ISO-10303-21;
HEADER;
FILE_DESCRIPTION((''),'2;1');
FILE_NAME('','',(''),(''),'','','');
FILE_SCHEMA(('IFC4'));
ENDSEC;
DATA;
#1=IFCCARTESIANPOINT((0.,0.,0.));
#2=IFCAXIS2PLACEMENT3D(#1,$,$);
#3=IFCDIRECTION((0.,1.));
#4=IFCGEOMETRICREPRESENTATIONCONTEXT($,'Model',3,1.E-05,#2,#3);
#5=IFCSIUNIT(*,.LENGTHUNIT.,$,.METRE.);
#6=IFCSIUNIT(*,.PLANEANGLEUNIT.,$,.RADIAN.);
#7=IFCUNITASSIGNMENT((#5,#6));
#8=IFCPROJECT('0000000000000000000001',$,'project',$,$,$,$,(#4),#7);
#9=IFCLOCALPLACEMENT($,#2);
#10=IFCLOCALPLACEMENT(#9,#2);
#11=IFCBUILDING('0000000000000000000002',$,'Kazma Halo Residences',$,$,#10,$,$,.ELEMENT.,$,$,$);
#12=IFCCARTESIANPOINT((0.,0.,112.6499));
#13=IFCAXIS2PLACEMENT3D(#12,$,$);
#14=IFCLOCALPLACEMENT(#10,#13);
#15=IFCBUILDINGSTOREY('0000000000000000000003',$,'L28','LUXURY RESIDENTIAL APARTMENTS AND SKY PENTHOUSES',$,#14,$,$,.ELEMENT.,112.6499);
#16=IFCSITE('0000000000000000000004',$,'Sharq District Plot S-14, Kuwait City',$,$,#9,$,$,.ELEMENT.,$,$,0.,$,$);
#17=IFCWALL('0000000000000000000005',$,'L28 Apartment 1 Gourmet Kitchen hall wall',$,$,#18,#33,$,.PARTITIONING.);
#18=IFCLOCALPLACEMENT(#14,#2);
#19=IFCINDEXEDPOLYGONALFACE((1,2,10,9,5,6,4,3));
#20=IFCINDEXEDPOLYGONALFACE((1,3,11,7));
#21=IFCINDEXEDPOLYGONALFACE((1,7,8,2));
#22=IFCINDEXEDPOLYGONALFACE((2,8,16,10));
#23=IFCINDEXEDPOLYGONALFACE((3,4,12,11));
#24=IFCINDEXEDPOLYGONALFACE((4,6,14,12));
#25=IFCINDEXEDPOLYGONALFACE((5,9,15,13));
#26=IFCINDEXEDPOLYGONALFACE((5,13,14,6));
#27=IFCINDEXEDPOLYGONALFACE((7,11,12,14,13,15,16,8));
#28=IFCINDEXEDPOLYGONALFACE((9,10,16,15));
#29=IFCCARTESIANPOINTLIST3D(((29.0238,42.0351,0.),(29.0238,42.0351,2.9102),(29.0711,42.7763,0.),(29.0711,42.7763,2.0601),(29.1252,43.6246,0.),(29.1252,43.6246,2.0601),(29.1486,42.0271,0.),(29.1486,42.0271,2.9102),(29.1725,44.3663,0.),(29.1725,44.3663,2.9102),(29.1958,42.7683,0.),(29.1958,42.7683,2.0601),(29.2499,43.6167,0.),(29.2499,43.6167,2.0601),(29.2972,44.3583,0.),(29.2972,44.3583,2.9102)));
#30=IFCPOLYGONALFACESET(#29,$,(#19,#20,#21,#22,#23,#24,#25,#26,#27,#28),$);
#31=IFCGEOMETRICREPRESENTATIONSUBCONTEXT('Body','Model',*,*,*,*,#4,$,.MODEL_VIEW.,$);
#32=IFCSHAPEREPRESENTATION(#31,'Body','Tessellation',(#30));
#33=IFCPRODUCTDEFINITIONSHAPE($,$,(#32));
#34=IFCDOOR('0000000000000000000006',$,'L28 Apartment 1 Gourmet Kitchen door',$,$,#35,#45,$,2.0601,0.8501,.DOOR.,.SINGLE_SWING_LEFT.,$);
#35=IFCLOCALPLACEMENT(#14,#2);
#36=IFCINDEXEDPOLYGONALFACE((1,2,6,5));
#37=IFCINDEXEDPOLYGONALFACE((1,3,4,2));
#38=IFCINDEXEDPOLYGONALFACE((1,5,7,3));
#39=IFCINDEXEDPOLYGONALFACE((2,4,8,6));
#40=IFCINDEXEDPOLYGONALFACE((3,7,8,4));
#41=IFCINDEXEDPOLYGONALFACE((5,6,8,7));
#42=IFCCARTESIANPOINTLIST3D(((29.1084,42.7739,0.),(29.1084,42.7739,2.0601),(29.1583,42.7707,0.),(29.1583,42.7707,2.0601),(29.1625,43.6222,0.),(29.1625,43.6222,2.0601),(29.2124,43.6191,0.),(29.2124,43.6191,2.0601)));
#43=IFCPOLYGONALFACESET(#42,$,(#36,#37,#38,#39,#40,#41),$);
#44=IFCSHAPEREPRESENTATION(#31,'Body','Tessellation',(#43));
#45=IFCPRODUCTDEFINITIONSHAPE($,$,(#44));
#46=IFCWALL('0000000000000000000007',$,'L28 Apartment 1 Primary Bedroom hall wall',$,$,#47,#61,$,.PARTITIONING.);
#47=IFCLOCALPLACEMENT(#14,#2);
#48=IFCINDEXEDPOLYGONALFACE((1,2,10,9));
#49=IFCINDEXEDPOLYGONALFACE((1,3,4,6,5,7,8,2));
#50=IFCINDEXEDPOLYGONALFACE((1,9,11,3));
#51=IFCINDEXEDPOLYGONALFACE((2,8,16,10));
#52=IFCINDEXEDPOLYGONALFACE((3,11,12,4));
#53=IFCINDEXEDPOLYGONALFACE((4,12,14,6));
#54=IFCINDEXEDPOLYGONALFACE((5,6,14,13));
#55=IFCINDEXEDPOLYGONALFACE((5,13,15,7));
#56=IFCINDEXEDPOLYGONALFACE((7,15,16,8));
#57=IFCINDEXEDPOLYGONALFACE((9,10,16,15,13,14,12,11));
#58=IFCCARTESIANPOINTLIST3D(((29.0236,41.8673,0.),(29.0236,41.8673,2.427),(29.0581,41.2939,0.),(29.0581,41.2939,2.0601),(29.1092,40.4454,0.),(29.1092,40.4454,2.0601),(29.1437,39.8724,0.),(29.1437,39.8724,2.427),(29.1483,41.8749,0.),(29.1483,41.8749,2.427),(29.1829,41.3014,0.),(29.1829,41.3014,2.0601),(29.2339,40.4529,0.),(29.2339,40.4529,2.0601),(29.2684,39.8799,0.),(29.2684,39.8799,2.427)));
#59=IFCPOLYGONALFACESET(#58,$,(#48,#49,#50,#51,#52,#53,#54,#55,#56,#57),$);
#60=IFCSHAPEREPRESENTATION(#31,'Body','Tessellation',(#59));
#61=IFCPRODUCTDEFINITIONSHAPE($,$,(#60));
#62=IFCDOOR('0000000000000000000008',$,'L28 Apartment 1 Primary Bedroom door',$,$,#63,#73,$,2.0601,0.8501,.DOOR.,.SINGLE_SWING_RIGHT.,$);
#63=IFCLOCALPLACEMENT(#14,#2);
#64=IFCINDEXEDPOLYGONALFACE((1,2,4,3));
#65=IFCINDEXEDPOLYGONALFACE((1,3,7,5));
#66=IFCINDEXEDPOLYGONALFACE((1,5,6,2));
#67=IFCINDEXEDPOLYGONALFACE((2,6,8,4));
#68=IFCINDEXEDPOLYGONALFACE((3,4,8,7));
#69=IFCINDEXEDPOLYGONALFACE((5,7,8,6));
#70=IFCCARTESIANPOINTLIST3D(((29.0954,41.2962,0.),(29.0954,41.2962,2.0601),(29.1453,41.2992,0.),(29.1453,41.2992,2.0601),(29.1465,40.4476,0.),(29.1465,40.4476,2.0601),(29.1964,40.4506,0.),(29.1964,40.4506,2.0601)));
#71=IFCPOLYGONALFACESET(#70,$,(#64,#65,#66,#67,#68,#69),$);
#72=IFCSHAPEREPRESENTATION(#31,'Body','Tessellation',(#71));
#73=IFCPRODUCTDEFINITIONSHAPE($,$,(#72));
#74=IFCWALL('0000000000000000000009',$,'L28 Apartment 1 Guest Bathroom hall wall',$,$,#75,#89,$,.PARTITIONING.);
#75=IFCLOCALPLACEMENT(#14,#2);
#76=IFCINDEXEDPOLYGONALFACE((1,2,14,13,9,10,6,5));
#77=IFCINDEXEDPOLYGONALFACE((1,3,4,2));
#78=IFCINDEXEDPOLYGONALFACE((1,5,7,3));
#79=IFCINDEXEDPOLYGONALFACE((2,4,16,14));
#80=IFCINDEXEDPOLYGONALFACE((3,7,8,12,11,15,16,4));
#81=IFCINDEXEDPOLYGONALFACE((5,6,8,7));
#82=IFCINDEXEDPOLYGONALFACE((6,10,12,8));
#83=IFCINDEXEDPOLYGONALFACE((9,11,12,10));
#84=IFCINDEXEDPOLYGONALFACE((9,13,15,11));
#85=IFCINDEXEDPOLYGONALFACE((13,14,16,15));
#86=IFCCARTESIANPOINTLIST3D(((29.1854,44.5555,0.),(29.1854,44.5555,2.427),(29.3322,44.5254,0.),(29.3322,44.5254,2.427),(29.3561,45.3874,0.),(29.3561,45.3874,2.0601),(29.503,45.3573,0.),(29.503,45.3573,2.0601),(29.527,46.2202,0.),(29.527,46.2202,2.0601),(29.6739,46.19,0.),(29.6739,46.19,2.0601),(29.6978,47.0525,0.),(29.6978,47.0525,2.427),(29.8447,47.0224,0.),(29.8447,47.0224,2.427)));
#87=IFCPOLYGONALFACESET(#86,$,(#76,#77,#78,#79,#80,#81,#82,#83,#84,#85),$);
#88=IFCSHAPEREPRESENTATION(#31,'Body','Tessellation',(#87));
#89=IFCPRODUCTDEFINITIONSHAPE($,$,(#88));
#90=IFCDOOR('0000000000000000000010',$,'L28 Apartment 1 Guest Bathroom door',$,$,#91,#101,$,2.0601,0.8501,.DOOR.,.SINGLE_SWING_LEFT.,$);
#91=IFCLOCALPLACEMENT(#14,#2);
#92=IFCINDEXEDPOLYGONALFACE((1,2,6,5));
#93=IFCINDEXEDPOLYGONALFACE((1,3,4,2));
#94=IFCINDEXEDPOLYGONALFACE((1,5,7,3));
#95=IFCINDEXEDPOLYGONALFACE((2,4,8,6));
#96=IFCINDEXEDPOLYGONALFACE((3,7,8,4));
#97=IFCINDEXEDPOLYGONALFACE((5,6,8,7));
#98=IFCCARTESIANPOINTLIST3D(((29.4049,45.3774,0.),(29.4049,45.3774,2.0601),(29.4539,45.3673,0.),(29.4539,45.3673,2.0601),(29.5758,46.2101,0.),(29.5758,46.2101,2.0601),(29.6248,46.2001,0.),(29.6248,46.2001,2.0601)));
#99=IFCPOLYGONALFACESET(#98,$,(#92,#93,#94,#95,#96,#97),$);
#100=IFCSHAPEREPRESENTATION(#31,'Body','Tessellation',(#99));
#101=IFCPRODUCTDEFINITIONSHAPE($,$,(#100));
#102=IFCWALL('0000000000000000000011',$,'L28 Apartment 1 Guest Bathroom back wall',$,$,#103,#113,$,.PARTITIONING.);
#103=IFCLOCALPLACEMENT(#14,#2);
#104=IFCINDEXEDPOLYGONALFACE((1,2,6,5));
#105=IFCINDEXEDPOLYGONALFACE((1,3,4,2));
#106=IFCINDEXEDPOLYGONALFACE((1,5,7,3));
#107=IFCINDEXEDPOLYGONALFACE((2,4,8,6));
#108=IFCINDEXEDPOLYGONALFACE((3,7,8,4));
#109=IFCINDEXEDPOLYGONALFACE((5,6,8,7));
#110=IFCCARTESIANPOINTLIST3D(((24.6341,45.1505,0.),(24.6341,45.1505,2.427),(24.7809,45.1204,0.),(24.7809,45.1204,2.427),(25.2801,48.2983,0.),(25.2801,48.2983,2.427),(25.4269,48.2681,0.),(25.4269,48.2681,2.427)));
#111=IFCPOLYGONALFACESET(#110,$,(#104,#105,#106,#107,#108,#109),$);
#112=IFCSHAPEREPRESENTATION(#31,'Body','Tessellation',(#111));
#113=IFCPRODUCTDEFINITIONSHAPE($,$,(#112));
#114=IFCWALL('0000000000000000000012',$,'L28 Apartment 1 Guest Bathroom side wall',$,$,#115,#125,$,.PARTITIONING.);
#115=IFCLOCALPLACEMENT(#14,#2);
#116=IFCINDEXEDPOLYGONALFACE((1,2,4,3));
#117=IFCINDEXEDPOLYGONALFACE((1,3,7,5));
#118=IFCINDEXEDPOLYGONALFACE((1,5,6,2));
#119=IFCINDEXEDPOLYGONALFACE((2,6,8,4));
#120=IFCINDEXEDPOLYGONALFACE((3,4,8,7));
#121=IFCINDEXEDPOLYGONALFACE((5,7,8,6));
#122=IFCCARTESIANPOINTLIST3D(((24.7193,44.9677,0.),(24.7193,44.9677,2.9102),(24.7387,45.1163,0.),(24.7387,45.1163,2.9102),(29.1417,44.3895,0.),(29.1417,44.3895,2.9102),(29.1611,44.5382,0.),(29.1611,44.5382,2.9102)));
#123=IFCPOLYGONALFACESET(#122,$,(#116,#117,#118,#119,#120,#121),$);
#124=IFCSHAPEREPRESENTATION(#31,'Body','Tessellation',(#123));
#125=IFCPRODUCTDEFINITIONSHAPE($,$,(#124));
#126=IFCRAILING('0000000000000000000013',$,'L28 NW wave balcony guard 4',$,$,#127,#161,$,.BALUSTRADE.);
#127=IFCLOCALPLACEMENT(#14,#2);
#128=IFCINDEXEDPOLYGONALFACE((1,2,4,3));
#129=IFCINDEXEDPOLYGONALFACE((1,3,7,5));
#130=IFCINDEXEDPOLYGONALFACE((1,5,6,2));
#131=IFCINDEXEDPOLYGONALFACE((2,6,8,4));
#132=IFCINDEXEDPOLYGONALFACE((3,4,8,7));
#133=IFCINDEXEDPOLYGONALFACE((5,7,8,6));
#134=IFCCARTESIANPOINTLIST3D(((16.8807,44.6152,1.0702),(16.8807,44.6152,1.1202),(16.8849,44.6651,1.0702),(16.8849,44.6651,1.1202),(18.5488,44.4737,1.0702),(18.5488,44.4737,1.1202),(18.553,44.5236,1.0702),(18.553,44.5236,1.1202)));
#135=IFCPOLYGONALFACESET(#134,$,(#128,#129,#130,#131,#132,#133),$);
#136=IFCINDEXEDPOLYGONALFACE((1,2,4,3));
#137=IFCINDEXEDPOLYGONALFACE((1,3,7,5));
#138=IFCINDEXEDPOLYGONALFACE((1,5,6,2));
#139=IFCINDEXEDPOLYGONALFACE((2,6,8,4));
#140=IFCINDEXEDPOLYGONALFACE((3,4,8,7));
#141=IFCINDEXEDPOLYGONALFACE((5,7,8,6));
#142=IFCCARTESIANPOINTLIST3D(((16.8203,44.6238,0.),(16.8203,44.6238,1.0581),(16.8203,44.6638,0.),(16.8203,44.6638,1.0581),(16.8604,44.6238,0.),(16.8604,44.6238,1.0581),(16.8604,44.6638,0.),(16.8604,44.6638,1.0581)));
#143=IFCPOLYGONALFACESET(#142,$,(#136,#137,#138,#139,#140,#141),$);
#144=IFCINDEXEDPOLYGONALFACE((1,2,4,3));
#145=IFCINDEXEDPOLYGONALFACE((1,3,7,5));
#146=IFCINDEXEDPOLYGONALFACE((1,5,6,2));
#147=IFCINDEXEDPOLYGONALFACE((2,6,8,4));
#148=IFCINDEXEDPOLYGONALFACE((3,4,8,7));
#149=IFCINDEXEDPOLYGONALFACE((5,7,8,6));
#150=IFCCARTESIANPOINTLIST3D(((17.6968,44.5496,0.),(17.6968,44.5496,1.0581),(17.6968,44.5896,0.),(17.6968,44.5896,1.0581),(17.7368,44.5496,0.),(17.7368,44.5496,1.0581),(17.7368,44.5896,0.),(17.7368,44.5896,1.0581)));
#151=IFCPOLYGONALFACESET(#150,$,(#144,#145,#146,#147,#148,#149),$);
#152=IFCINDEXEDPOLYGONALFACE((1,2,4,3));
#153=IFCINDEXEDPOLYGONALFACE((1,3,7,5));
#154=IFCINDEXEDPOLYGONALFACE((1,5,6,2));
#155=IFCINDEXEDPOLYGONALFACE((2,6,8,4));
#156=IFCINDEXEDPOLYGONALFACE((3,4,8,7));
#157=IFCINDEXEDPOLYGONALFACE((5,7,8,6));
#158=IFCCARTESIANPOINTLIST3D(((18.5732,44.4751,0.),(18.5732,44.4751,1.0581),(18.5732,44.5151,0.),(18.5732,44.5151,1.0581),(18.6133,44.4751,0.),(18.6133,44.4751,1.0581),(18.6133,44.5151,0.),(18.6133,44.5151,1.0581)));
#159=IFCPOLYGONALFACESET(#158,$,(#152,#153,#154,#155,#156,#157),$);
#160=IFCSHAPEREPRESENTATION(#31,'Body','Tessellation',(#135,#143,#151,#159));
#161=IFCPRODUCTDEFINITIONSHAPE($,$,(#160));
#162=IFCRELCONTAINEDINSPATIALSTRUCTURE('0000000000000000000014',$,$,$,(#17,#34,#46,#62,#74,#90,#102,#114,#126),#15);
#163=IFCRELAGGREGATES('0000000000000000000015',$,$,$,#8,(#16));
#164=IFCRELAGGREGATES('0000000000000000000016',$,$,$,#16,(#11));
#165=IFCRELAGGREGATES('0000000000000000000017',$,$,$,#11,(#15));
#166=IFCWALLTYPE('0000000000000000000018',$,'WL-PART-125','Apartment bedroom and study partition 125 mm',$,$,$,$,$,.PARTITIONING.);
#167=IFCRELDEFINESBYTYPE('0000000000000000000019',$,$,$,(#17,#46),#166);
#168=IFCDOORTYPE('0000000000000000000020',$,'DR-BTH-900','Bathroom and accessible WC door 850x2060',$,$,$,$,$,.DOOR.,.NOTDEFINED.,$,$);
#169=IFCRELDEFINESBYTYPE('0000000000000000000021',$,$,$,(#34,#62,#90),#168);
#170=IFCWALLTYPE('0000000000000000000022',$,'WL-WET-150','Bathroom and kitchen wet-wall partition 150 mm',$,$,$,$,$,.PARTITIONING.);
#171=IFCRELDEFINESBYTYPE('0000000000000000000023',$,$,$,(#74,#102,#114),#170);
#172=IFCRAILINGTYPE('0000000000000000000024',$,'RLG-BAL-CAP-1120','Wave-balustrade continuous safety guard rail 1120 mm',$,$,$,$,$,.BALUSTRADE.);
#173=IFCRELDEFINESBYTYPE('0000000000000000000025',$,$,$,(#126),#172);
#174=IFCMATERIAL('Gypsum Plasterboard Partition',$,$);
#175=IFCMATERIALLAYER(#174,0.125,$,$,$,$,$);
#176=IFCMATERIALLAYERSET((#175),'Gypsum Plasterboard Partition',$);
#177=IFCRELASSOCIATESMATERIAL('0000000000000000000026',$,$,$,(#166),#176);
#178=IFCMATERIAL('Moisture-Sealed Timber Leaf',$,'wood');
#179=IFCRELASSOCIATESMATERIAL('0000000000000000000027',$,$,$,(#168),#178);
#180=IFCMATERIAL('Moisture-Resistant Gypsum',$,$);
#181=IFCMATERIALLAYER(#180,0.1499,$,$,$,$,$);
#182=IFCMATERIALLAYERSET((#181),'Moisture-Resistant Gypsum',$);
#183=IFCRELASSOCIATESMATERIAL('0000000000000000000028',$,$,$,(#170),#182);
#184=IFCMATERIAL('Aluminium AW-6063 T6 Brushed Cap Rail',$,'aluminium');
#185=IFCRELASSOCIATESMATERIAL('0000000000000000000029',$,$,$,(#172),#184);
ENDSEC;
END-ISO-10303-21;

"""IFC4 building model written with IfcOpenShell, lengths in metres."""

from ifc_helpers import new_model, si_unit, direction, frame, frame_2d, origin, origin_2d, place, context, subcontext, project, spatial, rectangle, extrude, material, layer, layer_set, type_object, element, fill, save


model = new_model("IFC4")

# Units and contexts
model_context = context("Model", 3, precision=1e-05, world=origin(), true_north=direction((0.0, 1.0)))
body_context = subcontext(model_context, "Body", "Model", "MODEL_VIEW")
ifc_project = project(units=[si_unit("LENGTHUNIT", "METRE"), si_unit("PLANEANGLEUNIT", "RADIAN")], contexts=[model_context])

# Site, building, storey
site_placement = place(None, origin())
site = spatial("IfcSite", under=ifc_project, at=site_placement, Name="Sharq District Plot S-14, Kuwait City", CompositionType="ELEMENT", RefElevation=0.0)
building_placement = place(site_placement, origin())
building = spatial("IfcBuilding", under=site, at=building_placement, Name="Kazma Halo Residences", CompositionType="ELEMENT")
storey_placement = place(building_placement, frame((0.0, 0.0, 112.6499)))
storey = spatial("IfcBuildingStorey", under=building, at=storey_placement, Name="L28", Description="LUXURY RESIDENTIAL APARTMENTS AND SKY PENTHOUSES", CompositionType="ELEMENT", Elevation=112.6499)

# Shared definitions
ifc_material_1 = material(Name="Gypsum Plasterboard Partition")
ifc_layer_1 = layer(ifc_material_1, 0.125)
ifc_layer_set_1 = layer_set([ifc_layer_1], Name="Gypsum Plasterboard Partition")
wall_type_1 = type_object("IfcWallType", Name="WL-PART-125", Description="Apartment bedroom and study partition 125 mm", PredefinedType="PARTITIONING", material=ifc_layer_set_1)
ifc_material_2 = material(Name="Moisture-Sealed Timber Leaf", Category="wood")
door_type_1 = type_object("IfcDoorType", Name="DR-BTH-900", Description="Bathroom and accessible WC door 850x2060", OperationType="NOTDEFINED", PredefinedType="DOOR", material=ifc_material_2)

# Walls, openings, doors
wall_1_placement = place(storey_placement, frame((29.2349, 44.3623, 0.0), z_axis=(0.0, 0.0, 1.0), x_axis=(-0.063647, -0.997972, 0.0)))
wall_1 = element("IfcWall", 1, at=wall_1_placement, inside=storey, type_object=wall_type_1, Name="L28 Apartment 1 Gourmet Kitchen hall wall", PredefinedType="PARTITIONING", context=body_context, shape_type="SweptSolid", body=[
    extrude(rectangle(XDim=2.3359, YDim=0.125, at=frame_2d((1.168, 0.0))), origin(), (0.0, 0.0, 1.0), 2.9102),
])
opening_1_placement = place(wall_1_placement, frame((0.7432, 0.0, 0.0)))
opening_1 = element("IfcOpeningElement", 2, at=opening_1_placement, cuts=wall_1, PredefinedType="OPENING", context=body_context, shape_type="SweptSolid", body=[
    extrude(rectangle(XDim=0.8501, YDim=2.0601, at=frame_2d((0.425, 1.03))), frame((0.0, 0.0725, 0.0), z_axis=(0.0, -1.0, 0.0), x_axis=(1.0, 0.0, 0.0)), (0.0, 0.0, 1.0), 0.145),
])
door_1_placement = place(opening_1_placement, origin())
door_1 = element("IfcDoor", 3, at=door_1_placement, inside=storey, type_object=door_type_1, Name="L28 Apartment 1 Gourmet Kitchen door", OperationType="SINGLE_SWING_LEFT", OverallHeight=2.0601, OverallWidth=0.8501, PredefinedType="DOOR", context=body_context, shape_type="SweptSolid", body=[
    extrude(rectangle(XDim=0.8501, YDim=2.0601, at=frame_2d((0.425, 1.03))), frame((0.0, 0.0249, 0.0), z_axis=(0.0, -1.0, 0.0), x_axis=(1.0, 0.0, 0.0)), (0.0, 0.0, 1.0), 0.05),
])
fill(opening_1, door_1)
wall_2_placement = place(storey_placement, frame((29.0859, 41.8711, 0.0), z_axis=(0.0, 0.0, 1.0), x_axis=(0.060104, -0.998192, 0.0)))
wall_2 = element("IfcWall", 4, at=wall_2_placement, inside=storey, type_object=wall_type_1, Name="L28 Apartment 1 Primary Bedroom hall wall", PredefinedType="PARTITIONING", context=body_context, shape_type="SweptSolid", body=[
    extrude(rectangle(XDim=1.9985, YDim=0.125, at=frame_2d((0.9993, 0.0))), origin(), (0.0, 0.0, 1.0), 2.427),
])
opening_2_placement = place(wall_2_placement, frame((0.5745, 0.0, 0.0)))
opening_2 = element("IfcOpeningElement", 5, at=opening_2_placement, cuts=wall_2, PredefinedType="OPENING", context=body_context, shape_type="SweptSolid", body=[
    extrude(rectangle(XDim=0.8501, YDim=2.0601, at=frame_2d((0.425, 1.03))), frame((0.0, 0.0725, 0.0), z_axis=(0.0, -1.0, 0.0), x_axis=(1.0, 0.0, 0.0)), (0.0, 0.0, 1.0), 0.145),
])
door_2_placement = place(opening_2_placement, origin())
door_2 = element("IfcDoor", 6, at=door_2_placement, inside=storey, type_object=door_type_1, Name="L28 Apartment 1 Primary Bedroom door", OperationType="SINGLE_SWING_RIGHT", OverallHeight=2.0601, OverallWidth=0.8501, PredefinedType="DOOR", context=body_context, shape_type="SweptSolid", body=[
    extrude(rectangle(XDim=0.8501, YDim=2.0601, at=frame_2d((0.425, 1.03))), frame((0.0, 0.0249, 0.0), z_axis=(0.0, -1.0, 0.0), x_axis=(1.0, 0.0, 0.0)), (0.0, 0.0, 1.0), 0.05),
])
fill(opening_2, door_2)
ifc_material_3 = material(Name="Moisture-Resistant Gypsum")
ifc_layer_2 = layer(ifc_material_3, 0.1499)
ifc_layer_set_2 = layer_set([ifc_layer_2], Name="Moisture-Resistant Gypsum")
wall_type_2 = type_object("IfcWallType", Name="WL-WET-150", Description="Bathroom and kitchen wet-wall partition 150 mm", PredefinedType="PARTITIONING", material=ifc_layer_set_2)
wall_3_placement = place(storey_placement, frame((29.7712, 47.0374, 0.0), z_axis=(0.0, 0.0, 1.0), x_axis=(-0.201031, -0.979585, 0.0)))
wall_3 = element("IfcWall", 7, at=wall_3_placement, inside=storey, type_object=wall_type_2, Name="L28 Apartment 1 Guest Bathroom hall wall", PredefinedType="PARTITIONING", context=body_context, shape_type="SweptSolid", body=[
    extrude(rectangle(XDim=2.5491, YDim=0.1499, at=frame_2d((1.2744, 0.0))), origin(), (0.0, 0.0, 1.0), 2.427),
])
opening_3_placement = place(wall_3_placement, frame((0.8496, 0.0, 0.0)))
opening_3 = element("IfcOpeningElement", 8, at=opening_3_placement, cuts=wall_3, PredefinedType="OPENING", context=body_context, shape_type="SweptSolid", body=[
    extrude(rectangle(XDim=0.8501, YDim=2.0601, at=frame_2d((0.425, 1.03))), frame((0.0, 0.085, 0.0), z_axis=(0.0, -1.0, 0.0), x_axis=(1.0, 0.0, 0.0)), (0.0, 0.0, 1.0), 0.1699),
])
door_3_placement = place(opening_3_placement, origin())
door_3 = element("IfcDoor", 9, at=door_3_placement, inside=storey, type_object=door_type_1, Name="L28 Apartment 1 Guest Bathroom door", OperationType="SINGLE_SWING_LEFT", OverallHeight=2.0601, OverallWidth=0.8501, PredefinedType="DOOR", context=body_context, shape_type="SweptSolid", body=[
    extrude(rectangle(XDim=0.8501, YDim=2.0601, at=frame_2d((0.425, 1.03))), frame((0.0, 0.0249, 0.0), z_axis=(0.0, -1.0, 0.0), x_axis=(1.0, 0.0, 0.0)), (0.0, 0.0, 1.0), 0.05),
])
fill(opening_3, door_3)

# Walls
wall_4_placement = place(storey_placement, frame((25.3535, 48.2832, 0.0), z_axis=(0.0, 0.0, 1.0), x_axis=(-0.201038, -0.979584, 0.0)))
element("IfcWall", 10, at=wall_4_placement, inside=storey, type_object=wall_type_2, Name="L28 Apartment 1 Guest Bathroom back wall", PredefinedType="PARTITIONING", context=body_context, shape_type="SweptSolid", body=[
    extrude(rectangle(XDim=3.2134, YDim=0.1499, at=frame_2d((1.6067, 0.0))), origin(), (0.0, 0.0, 1.0), 2.427),
])
wall_5_placement = place(storey_placement, frame((29.1514, 44.4639, 0.0), z_axis=(0.0, 0.0, 1.0), x_axis=(-0.991563, 0.129625, 0.0)))
element("IfcWall", 11, at=wall_5_placement, inside=storey, type_object=wall_type_2, Name="L28 Apartment 1 Guest Bathroom side wall", PredefinedType="PARTITIONING", context=body_context, shape_type="SweptSolid", body=[
    extrude(rectangle(XDim=4.46, YDim=0.1499, at=frame_2d((2.23, 0.0))), origin(), (0.0, 0.0, 1.0), 2.9102),
])

# Railing
ifc_material_4 = material(Name="Aluminium AW-6063 T6 Brushed Cap Rail", Category="aluminium")
railing_type = type_object("IfcRailingType", Name="RLG-BAL-CAP-1120", Description="Wave-balustrade continuous safety guard rail 1120 mm", PredefinedType="BALUSTRADE", material=ifc_material_4)
railing_placement = place(storey_placement, frame((16.8403, 44.6438, 0.0)))
element("IfcRailing", 12, at=railing_placement, inside=storey, type_object=railing_type, Name="L28 NW wave balcony guard 4", PredefinedType="BALUSTRADE", context=body_context, shape_type="SweptSolid", body=[
    extrude(rectangle(XDim=0.05, YDim=0.05, at=origin_2d()), frame((0.0425, -0.0037, 1.0952), z_axis=(0.996422, -0.084515, 0.0), x_axis=(0.084515, 0.996422, 0.0)), (0.0, 0.0, 1.0), 1.6741),
    extrude(rectangle(XDim=0.04, YDim=0.04, at=origin_2d()), origin(), (0.0, 0.0, 1.0), 1.0581),
    extrude(rectangle(XDim=0.04, YDim=0.04, at=origin_2d()), frame((0.8765, -0.0742, 0.0)), (0.0, 0.0, 1.0), 1.0581),
    extrude(rectangle(XDim=0.04, YDim=0.04, at=origin_2d()), frame((1.7529, -0.1487, 0.0)), (0.0, 0.0, 1.0), 1.0581),
])

save(model, "model.ifc")
